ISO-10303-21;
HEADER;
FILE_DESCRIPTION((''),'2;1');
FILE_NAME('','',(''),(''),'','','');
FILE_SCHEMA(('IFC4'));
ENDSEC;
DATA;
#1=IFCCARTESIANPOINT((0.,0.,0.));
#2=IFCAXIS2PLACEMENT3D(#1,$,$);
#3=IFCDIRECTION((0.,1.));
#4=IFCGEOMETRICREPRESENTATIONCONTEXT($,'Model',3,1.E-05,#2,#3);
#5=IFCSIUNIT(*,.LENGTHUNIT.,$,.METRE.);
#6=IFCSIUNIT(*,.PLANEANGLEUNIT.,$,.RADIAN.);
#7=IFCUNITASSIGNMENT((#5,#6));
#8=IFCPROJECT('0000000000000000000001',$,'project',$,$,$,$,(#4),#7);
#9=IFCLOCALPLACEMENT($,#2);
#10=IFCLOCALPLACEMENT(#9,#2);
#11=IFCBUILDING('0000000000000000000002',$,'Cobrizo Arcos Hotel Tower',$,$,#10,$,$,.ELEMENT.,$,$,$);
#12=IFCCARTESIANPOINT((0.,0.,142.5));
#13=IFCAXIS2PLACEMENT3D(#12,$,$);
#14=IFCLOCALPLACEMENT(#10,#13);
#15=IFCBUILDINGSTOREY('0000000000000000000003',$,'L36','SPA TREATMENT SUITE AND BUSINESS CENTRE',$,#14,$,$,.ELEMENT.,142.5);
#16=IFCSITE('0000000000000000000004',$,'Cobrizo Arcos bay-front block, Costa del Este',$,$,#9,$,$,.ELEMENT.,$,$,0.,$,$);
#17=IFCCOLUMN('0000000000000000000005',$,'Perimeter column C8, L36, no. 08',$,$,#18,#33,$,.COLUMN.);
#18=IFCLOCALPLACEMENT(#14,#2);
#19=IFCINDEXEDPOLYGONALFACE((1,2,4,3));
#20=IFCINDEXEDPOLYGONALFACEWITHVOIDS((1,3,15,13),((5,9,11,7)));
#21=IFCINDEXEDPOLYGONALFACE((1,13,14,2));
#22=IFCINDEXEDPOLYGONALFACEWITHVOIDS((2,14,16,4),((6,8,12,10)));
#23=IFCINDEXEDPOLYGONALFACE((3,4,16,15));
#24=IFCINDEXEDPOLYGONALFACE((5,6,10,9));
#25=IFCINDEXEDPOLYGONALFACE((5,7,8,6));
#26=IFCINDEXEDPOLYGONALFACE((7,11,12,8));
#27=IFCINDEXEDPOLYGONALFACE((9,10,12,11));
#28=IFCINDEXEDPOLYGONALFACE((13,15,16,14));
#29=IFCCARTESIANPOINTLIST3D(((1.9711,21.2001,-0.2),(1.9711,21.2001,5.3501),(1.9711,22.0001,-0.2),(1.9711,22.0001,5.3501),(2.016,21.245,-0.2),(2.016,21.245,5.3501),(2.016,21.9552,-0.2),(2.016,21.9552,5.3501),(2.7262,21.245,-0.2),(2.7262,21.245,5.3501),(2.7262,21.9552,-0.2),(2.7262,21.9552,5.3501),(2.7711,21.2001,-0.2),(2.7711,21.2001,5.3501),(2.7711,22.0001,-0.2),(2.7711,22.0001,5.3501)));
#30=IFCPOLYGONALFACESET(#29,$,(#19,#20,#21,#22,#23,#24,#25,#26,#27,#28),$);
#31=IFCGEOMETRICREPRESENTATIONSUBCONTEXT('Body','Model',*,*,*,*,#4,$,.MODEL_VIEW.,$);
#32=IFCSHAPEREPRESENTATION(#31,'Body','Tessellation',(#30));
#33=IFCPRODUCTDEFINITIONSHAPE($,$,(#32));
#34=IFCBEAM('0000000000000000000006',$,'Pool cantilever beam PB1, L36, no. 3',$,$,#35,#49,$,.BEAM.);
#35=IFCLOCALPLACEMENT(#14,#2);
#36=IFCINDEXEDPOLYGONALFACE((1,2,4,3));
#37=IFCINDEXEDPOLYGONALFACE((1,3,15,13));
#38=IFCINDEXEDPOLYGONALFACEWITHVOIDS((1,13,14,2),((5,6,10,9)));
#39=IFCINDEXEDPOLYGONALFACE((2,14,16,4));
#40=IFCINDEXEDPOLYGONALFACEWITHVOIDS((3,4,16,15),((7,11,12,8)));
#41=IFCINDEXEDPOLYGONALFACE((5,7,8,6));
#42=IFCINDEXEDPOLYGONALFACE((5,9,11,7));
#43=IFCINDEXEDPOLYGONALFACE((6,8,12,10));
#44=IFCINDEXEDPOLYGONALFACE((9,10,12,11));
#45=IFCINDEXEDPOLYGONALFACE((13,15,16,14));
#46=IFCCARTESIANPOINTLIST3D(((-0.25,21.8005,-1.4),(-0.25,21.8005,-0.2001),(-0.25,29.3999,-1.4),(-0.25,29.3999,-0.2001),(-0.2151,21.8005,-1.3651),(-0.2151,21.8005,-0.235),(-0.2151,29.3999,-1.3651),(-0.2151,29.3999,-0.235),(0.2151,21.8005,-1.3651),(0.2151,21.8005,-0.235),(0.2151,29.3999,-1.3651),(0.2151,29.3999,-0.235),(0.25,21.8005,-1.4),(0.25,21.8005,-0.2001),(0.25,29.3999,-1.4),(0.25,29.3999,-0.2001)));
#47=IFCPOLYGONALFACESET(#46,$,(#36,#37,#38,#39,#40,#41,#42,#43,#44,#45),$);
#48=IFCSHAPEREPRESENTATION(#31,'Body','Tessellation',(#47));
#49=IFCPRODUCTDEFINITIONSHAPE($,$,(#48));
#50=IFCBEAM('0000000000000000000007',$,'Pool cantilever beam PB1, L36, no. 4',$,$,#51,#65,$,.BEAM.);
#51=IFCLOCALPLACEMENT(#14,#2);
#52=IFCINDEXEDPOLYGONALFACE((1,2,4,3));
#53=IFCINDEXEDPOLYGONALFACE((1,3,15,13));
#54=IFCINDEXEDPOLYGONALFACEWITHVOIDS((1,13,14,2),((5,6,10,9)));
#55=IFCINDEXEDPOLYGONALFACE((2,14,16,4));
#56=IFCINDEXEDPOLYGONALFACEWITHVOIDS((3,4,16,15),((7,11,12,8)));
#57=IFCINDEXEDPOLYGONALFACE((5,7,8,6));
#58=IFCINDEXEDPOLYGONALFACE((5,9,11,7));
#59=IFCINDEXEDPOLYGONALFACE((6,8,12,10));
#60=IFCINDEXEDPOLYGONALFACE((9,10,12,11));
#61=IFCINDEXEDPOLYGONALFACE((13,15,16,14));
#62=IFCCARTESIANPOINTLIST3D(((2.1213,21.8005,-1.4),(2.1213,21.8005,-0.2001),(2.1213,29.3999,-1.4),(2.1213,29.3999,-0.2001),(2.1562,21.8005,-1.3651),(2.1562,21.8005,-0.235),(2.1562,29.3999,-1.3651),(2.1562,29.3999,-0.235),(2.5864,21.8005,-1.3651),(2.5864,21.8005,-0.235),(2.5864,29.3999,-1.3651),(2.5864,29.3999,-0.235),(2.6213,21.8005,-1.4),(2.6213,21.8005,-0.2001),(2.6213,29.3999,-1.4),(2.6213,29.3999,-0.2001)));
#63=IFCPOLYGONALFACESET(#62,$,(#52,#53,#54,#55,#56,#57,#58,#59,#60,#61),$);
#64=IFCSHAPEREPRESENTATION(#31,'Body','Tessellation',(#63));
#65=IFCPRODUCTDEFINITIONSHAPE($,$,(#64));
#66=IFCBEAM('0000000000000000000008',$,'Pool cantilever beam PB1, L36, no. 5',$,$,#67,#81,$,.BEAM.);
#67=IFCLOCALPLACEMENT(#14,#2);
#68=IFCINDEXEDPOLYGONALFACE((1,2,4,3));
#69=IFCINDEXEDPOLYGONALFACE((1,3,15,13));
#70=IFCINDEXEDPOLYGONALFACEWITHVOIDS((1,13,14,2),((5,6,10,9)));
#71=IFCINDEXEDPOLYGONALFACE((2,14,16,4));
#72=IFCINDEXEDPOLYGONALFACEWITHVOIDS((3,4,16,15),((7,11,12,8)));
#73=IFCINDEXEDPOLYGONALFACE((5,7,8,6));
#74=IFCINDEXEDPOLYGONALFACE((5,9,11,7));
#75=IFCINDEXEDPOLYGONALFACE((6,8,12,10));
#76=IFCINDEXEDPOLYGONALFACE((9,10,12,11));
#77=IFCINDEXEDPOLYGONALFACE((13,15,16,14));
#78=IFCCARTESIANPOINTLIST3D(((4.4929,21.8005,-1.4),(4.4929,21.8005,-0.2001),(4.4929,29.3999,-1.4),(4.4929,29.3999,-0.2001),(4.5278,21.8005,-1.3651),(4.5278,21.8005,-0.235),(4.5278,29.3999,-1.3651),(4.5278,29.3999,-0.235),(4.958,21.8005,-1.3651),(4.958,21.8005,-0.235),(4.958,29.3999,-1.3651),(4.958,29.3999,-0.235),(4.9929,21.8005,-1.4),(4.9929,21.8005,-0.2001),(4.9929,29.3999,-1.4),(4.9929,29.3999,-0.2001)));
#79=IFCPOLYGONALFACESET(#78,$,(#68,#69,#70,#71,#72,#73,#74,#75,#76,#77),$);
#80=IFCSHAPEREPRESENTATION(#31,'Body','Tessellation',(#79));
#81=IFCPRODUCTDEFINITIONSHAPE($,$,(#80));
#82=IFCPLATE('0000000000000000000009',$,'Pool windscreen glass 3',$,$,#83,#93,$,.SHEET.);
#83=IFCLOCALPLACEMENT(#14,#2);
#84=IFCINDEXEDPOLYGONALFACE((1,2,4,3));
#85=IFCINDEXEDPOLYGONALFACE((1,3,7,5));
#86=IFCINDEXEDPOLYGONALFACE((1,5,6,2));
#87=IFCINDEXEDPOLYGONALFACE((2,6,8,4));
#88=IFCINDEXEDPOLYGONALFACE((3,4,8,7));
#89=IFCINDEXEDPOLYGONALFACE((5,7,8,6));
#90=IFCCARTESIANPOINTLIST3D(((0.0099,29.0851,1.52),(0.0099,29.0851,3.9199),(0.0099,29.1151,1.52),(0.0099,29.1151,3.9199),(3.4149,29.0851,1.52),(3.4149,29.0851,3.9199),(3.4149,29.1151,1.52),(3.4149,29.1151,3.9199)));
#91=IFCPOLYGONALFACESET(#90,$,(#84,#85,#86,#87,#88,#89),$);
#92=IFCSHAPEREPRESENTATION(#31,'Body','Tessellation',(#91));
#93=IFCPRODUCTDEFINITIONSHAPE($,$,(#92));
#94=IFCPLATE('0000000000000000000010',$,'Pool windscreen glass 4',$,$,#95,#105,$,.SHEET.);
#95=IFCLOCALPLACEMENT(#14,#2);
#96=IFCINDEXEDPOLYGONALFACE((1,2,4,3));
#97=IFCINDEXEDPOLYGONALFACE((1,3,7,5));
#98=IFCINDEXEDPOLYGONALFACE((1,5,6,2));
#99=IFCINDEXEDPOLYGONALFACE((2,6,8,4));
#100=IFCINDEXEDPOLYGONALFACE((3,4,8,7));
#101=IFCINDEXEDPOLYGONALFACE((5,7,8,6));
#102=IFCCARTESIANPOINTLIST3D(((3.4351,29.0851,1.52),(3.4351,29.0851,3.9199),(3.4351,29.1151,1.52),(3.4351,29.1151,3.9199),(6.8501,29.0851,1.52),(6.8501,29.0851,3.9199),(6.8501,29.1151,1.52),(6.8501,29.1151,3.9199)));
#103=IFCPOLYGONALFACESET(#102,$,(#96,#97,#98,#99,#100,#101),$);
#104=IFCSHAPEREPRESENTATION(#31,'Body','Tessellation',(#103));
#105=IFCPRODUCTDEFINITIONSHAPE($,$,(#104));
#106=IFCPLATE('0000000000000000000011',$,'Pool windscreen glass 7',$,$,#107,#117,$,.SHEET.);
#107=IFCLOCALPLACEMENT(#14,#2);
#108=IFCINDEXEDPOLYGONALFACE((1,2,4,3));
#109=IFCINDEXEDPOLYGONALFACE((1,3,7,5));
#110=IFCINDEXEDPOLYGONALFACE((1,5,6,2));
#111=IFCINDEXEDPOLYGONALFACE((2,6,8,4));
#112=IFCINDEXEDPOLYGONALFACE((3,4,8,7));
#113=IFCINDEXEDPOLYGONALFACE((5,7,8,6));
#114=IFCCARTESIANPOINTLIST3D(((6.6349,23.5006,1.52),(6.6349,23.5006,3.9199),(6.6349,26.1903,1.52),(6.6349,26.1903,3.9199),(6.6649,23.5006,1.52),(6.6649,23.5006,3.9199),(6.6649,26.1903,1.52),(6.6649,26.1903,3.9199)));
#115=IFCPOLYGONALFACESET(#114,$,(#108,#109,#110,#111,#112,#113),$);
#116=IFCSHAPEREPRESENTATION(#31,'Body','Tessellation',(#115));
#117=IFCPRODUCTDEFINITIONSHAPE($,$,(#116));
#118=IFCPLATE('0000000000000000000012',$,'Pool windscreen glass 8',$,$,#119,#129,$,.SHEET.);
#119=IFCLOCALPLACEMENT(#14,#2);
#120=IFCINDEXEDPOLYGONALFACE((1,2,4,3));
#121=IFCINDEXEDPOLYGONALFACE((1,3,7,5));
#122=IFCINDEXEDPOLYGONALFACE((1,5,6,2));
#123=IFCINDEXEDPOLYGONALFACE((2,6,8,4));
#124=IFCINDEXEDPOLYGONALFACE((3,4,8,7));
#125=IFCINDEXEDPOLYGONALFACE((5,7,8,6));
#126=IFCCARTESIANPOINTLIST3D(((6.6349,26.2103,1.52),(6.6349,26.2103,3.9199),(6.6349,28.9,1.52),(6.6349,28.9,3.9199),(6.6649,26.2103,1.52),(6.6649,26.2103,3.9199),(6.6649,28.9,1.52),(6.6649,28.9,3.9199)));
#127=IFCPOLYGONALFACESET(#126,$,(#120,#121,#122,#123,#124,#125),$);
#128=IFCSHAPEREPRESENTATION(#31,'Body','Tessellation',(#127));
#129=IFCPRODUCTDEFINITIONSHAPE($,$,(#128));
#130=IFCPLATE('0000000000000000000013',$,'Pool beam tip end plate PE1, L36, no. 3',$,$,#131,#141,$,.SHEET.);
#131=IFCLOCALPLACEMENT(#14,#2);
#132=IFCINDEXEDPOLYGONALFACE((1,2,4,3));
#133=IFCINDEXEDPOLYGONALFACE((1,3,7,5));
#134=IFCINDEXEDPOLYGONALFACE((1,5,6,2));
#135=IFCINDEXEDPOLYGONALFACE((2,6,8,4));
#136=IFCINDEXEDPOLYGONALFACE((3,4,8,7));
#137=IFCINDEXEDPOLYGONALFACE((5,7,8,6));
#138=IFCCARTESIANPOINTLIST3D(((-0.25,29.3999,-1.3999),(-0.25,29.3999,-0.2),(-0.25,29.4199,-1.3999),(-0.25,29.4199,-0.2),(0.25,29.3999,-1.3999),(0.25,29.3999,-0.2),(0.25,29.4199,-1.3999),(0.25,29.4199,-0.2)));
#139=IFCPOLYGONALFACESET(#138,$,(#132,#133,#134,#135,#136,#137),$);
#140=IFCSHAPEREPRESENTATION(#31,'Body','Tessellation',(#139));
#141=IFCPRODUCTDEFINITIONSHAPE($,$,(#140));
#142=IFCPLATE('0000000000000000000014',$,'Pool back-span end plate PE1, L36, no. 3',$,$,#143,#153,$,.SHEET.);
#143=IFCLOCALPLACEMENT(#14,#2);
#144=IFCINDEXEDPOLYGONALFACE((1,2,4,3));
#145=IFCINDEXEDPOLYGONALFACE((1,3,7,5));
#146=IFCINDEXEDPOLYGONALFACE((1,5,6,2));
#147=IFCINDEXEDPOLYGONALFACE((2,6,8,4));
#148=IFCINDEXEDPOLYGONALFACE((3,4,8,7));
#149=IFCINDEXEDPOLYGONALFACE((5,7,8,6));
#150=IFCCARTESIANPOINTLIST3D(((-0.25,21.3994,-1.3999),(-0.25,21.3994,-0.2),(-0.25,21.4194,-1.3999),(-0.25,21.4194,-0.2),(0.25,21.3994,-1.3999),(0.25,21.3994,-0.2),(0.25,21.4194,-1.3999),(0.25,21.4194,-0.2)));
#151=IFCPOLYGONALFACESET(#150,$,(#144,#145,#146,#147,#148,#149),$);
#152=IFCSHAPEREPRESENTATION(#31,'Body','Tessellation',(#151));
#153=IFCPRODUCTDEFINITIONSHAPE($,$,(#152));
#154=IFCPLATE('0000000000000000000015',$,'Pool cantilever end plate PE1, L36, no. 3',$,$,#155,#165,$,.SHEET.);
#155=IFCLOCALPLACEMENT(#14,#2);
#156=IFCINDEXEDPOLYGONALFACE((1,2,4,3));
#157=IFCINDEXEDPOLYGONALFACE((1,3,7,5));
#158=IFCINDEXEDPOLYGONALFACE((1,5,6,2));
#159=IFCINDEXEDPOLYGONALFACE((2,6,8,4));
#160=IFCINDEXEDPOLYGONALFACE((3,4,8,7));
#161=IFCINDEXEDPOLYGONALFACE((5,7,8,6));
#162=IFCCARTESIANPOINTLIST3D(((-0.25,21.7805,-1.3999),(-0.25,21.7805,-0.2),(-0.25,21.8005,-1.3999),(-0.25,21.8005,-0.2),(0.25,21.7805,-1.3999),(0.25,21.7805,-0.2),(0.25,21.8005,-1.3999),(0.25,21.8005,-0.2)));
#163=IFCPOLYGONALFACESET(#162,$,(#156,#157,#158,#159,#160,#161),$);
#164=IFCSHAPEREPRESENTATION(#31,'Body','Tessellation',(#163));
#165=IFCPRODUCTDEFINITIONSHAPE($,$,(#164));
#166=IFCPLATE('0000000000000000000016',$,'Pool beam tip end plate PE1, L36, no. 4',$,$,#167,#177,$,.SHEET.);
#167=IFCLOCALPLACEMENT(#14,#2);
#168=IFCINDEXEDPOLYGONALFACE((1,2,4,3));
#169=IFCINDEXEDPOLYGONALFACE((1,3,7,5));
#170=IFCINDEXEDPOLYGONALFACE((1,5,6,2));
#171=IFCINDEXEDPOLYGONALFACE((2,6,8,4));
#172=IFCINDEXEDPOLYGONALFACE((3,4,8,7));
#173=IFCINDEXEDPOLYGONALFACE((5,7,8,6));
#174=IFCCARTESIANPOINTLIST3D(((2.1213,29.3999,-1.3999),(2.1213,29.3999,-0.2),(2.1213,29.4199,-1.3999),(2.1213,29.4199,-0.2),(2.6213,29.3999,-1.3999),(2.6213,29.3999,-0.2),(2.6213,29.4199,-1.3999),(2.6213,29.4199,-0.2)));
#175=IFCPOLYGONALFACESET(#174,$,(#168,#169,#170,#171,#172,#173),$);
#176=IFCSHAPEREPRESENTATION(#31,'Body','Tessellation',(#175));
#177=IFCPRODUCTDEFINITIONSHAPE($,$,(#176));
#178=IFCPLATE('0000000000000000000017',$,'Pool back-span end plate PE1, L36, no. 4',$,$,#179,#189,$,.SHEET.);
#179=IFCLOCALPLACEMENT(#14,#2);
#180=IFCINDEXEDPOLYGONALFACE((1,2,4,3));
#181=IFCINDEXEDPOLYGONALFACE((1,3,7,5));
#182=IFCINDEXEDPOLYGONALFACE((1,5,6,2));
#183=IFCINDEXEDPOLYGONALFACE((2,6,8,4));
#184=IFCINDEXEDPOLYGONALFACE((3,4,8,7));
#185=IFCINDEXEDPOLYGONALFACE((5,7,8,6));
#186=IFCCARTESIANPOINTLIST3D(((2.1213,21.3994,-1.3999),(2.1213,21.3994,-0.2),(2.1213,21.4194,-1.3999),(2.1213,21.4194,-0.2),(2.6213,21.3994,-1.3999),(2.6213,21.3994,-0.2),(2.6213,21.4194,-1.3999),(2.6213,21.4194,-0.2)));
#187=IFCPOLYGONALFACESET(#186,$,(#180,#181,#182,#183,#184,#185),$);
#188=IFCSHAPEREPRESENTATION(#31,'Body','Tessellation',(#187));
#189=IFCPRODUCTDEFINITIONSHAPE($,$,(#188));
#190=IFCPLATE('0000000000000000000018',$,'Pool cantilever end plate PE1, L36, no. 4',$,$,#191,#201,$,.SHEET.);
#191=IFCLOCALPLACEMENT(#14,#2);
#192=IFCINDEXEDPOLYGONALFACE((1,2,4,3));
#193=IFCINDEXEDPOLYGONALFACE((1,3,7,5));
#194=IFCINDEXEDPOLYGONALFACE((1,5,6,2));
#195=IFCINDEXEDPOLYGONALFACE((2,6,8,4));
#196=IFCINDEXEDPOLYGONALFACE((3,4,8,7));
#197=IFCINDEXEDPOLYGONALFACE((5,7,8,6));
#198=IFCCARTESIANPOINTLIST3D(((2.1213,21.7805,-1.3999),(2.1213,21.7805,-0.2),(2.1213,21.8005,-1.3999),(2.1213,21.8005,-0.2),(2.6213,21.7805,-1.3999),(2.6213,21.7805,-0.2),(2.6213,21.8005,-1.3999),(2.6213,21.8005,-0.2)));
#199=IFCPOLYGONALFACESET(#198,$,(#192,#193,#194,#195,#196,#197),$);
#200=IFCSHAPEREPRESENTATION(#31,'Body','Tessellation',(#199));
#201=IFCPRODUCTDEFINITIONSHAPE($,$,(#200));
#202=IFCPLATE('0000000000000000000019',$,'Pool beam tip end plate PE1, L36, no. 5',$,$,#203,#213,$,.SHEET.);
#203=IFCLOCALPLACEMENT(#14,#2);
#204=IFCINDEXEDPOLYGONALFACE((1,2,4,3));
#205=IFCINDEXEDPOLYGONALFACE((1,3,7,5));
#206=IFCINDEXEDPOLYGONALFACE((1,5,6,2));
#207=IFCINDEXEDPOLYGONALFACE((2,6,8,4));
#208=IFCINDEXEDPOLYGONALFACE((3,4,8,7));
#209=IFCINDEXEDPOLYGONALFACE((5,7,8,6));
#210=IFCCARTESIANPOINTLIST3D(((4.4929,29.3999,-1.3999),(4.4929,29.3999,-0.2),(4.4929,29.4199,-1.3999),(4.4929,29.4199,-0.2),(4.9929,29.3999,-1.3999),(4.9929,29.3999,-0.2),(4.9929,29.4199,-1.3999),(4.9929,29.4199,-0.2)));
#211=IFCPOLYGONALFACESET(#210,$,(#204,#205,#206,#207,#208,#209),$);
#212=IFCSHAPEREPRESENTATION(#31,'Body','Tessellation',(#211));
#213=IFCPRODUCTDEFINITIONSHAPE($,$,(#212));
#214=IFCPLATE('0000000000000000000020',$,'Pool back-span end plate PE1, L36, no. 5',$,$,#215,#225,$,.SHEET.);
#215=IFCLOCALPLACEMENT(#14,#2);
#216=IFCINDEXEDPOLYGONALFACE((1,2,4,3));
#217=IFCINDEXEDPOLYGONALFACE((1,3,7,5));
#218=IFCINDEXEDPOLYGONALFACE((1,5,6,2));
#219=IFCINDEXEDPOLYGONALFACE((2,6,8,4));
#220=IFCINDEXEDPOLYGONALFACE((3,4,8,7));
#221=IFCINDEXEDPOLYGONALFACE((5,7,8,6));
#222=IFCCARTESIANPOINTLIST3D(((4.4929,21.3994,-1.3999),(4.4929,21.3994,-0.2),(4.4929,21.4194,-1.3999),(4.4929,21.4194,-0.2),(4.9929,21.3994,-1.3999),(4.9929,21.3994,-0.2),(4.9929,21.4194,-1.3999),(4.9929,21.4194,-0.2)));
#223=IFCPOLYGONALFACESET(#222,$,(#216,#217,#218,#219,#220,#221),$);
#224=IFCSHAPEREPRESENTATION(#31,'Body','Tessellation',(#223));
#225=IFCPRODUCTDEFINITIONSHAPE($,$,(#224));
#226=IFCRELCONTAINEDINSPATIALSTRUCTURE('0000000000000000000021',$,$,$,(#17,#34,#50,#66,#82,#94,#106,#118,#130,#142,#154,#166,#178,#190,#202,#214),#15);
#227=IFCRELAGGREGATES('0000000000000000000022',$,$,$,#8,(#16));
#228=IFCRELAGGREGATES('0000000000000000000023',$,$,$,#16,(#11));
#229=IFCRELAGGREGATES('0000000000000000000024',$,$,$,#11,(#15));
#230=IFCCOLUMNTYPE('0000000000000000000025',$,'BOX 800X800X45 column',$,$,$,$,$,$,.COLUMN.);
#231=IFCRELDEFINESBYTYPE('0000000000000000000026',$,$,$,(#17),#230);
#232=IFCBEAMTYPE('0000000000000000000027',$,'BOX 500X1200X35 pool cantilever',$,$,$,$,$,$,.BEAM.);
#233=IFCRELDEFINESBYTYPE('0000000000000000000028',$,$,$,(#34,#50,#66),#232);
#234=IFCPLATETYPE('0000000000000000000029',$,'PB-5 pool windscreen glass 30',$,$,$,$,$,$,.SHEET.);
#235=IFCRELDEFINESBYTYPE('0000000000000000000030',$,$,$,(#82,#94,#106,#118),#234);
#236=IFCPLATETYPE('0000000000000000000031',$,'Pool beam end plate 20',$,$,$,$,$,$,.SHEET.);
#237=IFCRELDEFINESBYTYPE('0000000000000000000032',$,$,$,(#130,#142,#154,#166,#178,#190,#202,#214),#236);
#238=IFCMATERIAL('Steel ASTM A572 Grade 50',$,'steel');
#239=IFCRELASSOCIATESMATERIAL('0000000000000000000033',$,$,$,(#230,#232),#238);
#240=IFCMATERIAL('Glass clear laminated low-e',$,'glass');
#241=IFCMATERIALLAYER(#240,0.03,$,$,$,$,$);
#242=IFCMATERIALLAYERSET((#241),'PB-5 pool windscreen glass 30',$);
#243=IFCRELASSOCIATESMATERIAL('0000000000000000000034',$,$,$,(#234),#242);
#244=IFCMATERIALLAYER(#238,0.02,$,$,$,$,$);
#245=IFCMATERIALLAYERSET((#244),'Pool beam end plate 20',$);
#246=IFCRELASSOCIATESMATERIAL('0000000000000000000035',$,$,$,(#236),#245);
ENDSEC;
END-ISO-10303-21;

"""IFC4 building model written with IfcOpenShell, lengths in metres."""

from ifc_helpers import new_model, si_unit, direction, frame, origin, origin_2d, place, context, subcontext, project, spatial, rectangle, hollow_rectangle, extrude, material, layer, layer_set, material_profile, profile_set, type_object, element, save


model = new_model("IFC4")

# Units and contexts
model_context = context("Model", 3, precision=1e-05, world=origin(), true_north=direction((0.0, 1.0)))
body_context = subcontext(model_context, "Body", "Model", "MODEL_VIEW")
ifc_project = project(units=[si_unit("LENGTHUNIT", "METRE"), si_unit("PLANEANGLEUNIT", "RADIAN")], contexts=[model_context])

# Site, building, storey
site_placement = place(None, origin())
site = spatial("IfcSite", under=ifc_project, at=site_placement, Name="Cobrizo Arcos bay-front block, Costa del Este", CompositionType="ELEMENT", RefElevation=0.0)
building_placement = place(site_placement, origin())
building = spatial("IfcBuilding", under=site, at=building_placement, Name="Cobrizo Arcos Hotel Tower", CompositionType="ELEMENT")
storey_placement = place(building_placement, frame((0.0, 0.0, 142.5)))
storey = spatial("IfcBuildingStorey", under=building, at=storey_placement, Name="L36", Description="SPA TREATMENT SUITE AND BUSINESS CENTRE", CompositionType="ELEMENT", Elevation=142.5)

# Column
ifc_material_1 = material(Name="Steel ASTM A572 Grade 50", Category="steel")
ifc_material_profile_1 = material_profile(ifc_material_1, hollow_rectangle(XDim=0.8, YDim=0.8, WallThickness=0.0449, at=origin_2d()), Name="BOX 800X800X45")
ifc_profile_set_1 = profile_set([ifc_material_profile_1], Name="Steel ASTM A572 Grade 50")
column_type = type_object("IfcColumnType", Name="BOX 800X800X45 column", PredefinedType="COLUMN", material=ifc_profile_set_1)
column_placement = place(storey_placement, frame((2.3711, 21.6001, -0.2), z_axis=(0.0, 0.0, 1.0), x_axis=(1.0, 0.0, 0.0)))
element("IfcColumn", 1, at=column_placement, inside=storey, type_object=column_type, Name="Perimeter column C8, L36, no. 08", PredefinedType="COLUMN", context=body_context, shape_type="SweptSolid", body=[
    extrude(hollow_rectangle(XDim=0.8, YDim=0.8, WallThickness=0.0449, at=origin_2d()), origin(), (0.0, 0.0, 1.0), 5.55),
])

# Beams
ifc_material_profile_2 = material_profile(ifc_material_1, hollow_rectangle(XDim=0.5, YDim=1.2, WallThickness=0.0349, at=origin_2d()), Name="BOX 500X1200X35")
ifc_profile_set_2 = profile_set([ifc_material_profile_2], Name="Steel ASTM A572 Grade 50")
beam_type = type_object("IfcBeamType", Name="BOX 500X1200X35 pool cantilever", PredefinedType="BEAM", material=ifc_profile_set_2)
for number, where, z_axis, x_axis, name in (
    (2, (0.0, 21.8005, -0.8), (0.0, 1.0, 0.0), (-1.0, 0.0, 0.0), "Pool cantilever beam PB1, L36, no. 3"),
    (3, (2.3713, 21.8005, -0.8), (0.0, 1.0, 0.0), (-1.0, 0.0, 0.0), "Pool cantilever beam PB1, L36, no. 4"),
    (4, (4.7429, 21.8005, -0.8), (0.0, 1.0, 0.0), (-1.0, 0.0, 0.0), "Pool cantilever beam PB1, L36, no. 5"),
):
    element("IfcBeam", number, at=place(storey_placement, frame(where, z_axis=z_axis, x_axis=x_axis)), inside=storey, type_object=beam_type, Name=name, PredefinedType="BEAM", context=body_context, shape_type="SweptSolid", body=[
        extrude(hollow_rectangle(XDim=0.5, YDim=1.2, WallThickness=0.0349, at=origin_2d()), origin(), (0.0, 0.0, 1.0), 7.5994),
    ])

# Plates
ifc_material_2 = material(Name="Glass clear laminated low-e", Category="glass")
ifc_layer_1 = layer(ifc_material_2, 0.03)
ifc_layer_set_1 = layer_set([ifc_layer_1], Name="PB-5 pool windscreen glass 30")
plate_type_1 = type_object("IfcPlateType", Name="PB-5 pool windscreen glass 30", PredefinedType="SHEET", material=ifc_layer_set_1)
plate_1_placement = place(storey_placement, frame((1.7124, 29.1001, 1.52), z_axis=(0.0, 0.0, 1.0), x_axis=(1.0, 0.0, 0.0)))
element("IfcPlate", 5, at=plate_1_placement, inside=storey, type_object=plate_type_1, Name="Pool windscreen glass 3", PredefinedType="SHEET", context=body_context, shape_type="SweptSolid", body=[
    extrude(rectangle(XDim=3.405, YDim=0.03, at=origin_2d()), origin(), (0.0, 0.0, 1.0), 2.3999),
])
plate_2_placement = place(storey_placement, frame((5.1426, 29.1001, 1.52), z_axis=(0.0, 0.0, 1.0), x_axis=(1.0, 0.0, 0.0)))
element("IfcPlate", 6, at=plate_2_placement, inside=storey, type_object=plate_type_1, Name="Pool windscreen glass 4", PredefinedType="SHEET", context=body_context, shape_type="SweptSolid", body=[
    extrude(rectangle(XDim=3.415, YDim=0.03, at=origin_2d()), origin(), (0.0, 0.0, 1.0), 2.3999),
])
for number, where, z_axis, x_axis, name in (
    (7, (6.6499, 24.8455, 1.52), (0.0, 0.0, 1.0), (1.0, 0.0, 0.0), "Pool windscreen glass 7"),
    (8, (6.6499, 27.5552, 1.52), (0.0, 0.0, 1.0), (1.0, 0.0, 0.0), "Pool windscreen glass 8"),
):
    element("IfcPlate", number, at=place(storey_placement, frame(where, z_axis=z_axis, x_axis=x_axis)), inside=storey, type_object=plate_type_1, Name=name, PredefinedType="SHEET", context=body_context, shape_type="SweptSolid", body=[
        extrude(rectangle(XDim=0.03, YDim=2.6897, at=origin_2d()), origin(), (0.0, 0.0, 1.0), 2.3999),
    ])
ifc_layer_2 = layer(ifc_material_1, 0.02)
ifc_layer_set_2 = layer_set([ifc_layer_2], Name="Pool beam end plate 20")
plate_type_2 = type_object("IfcPlateType", Name="Pool beam end plate 20", PredefinedType="SHEET", material=ifc_layer_set_2)
for number, where, z_axis, x_axis, name in (
    (9, (0.0, 29.4099, -1.3999), (0.0, 0.0, 1.0), (1.0, 0.0, 0.0), "Pool beam tip end plate PE1, L36, no. 3"),
    (10, (0.0, 21.4094, -1.3999), (0.0, 0.0, 1.0), (1.0, 0.0, 0.0), "Pool back-span end plate PE1, L36, no. 3"),
    (11, (0.0, 21.7905, -1.3999), (0.0, 0.0, 1.0), (1.0, 0.0, 0.0), "Pool cantilever end plate PE1, L36, no. 3"),
    (12, (2.3713, 29.4099, -1.3999), (0.0, 0.0, 1.0), (1.0, 0.0, 0.0), "Pool beam tip end plate PE1, L36, no. 4"),
    (13, (2.3713, 21.4094, -1.3999), (0.0, 0.0, 1.0), (1.0, 0.0, 0.0), "Pool back-span end plate PE1, L36, no. 4"),
    (14, (2.3713, 21.7905, -1.3999), (0.0, 0.0, 1.0), (1.0, 0.0, 0.0), "Pool cantilever end plate PE1, L36, no. 4"),
    (15, (4.7429, 29.4099, -1.3999), (0.0, 0.0, 1.0), (1.0, 0.0, 0.0), "Pool beam tip end plate PE1, L36, no. 5"),
    (16, (4.7429, 21.4094, -1.3999), (0.0, 0.0, 1.0), (1.0, 0.0, 0.0), "Pool back-span end plate PE1, L36, no. 5"),
):
    element("IfcPlate", number, at=place(storey_placement, frame(where, z_axis=z_axis, x_axis=x_axis)), inside=storey, type_object=plate_type_2, Name=name, PredefinedType="SHEET", context=body_context, shape_type="SweptSolid", body=[
        extrude(rectangle(XDim=0.5, YDim=0.02, at=origin_2d()), origin(), (0.0, 0.0, 1.0), 1.2),
    ])

save(model, "model.ifc")
